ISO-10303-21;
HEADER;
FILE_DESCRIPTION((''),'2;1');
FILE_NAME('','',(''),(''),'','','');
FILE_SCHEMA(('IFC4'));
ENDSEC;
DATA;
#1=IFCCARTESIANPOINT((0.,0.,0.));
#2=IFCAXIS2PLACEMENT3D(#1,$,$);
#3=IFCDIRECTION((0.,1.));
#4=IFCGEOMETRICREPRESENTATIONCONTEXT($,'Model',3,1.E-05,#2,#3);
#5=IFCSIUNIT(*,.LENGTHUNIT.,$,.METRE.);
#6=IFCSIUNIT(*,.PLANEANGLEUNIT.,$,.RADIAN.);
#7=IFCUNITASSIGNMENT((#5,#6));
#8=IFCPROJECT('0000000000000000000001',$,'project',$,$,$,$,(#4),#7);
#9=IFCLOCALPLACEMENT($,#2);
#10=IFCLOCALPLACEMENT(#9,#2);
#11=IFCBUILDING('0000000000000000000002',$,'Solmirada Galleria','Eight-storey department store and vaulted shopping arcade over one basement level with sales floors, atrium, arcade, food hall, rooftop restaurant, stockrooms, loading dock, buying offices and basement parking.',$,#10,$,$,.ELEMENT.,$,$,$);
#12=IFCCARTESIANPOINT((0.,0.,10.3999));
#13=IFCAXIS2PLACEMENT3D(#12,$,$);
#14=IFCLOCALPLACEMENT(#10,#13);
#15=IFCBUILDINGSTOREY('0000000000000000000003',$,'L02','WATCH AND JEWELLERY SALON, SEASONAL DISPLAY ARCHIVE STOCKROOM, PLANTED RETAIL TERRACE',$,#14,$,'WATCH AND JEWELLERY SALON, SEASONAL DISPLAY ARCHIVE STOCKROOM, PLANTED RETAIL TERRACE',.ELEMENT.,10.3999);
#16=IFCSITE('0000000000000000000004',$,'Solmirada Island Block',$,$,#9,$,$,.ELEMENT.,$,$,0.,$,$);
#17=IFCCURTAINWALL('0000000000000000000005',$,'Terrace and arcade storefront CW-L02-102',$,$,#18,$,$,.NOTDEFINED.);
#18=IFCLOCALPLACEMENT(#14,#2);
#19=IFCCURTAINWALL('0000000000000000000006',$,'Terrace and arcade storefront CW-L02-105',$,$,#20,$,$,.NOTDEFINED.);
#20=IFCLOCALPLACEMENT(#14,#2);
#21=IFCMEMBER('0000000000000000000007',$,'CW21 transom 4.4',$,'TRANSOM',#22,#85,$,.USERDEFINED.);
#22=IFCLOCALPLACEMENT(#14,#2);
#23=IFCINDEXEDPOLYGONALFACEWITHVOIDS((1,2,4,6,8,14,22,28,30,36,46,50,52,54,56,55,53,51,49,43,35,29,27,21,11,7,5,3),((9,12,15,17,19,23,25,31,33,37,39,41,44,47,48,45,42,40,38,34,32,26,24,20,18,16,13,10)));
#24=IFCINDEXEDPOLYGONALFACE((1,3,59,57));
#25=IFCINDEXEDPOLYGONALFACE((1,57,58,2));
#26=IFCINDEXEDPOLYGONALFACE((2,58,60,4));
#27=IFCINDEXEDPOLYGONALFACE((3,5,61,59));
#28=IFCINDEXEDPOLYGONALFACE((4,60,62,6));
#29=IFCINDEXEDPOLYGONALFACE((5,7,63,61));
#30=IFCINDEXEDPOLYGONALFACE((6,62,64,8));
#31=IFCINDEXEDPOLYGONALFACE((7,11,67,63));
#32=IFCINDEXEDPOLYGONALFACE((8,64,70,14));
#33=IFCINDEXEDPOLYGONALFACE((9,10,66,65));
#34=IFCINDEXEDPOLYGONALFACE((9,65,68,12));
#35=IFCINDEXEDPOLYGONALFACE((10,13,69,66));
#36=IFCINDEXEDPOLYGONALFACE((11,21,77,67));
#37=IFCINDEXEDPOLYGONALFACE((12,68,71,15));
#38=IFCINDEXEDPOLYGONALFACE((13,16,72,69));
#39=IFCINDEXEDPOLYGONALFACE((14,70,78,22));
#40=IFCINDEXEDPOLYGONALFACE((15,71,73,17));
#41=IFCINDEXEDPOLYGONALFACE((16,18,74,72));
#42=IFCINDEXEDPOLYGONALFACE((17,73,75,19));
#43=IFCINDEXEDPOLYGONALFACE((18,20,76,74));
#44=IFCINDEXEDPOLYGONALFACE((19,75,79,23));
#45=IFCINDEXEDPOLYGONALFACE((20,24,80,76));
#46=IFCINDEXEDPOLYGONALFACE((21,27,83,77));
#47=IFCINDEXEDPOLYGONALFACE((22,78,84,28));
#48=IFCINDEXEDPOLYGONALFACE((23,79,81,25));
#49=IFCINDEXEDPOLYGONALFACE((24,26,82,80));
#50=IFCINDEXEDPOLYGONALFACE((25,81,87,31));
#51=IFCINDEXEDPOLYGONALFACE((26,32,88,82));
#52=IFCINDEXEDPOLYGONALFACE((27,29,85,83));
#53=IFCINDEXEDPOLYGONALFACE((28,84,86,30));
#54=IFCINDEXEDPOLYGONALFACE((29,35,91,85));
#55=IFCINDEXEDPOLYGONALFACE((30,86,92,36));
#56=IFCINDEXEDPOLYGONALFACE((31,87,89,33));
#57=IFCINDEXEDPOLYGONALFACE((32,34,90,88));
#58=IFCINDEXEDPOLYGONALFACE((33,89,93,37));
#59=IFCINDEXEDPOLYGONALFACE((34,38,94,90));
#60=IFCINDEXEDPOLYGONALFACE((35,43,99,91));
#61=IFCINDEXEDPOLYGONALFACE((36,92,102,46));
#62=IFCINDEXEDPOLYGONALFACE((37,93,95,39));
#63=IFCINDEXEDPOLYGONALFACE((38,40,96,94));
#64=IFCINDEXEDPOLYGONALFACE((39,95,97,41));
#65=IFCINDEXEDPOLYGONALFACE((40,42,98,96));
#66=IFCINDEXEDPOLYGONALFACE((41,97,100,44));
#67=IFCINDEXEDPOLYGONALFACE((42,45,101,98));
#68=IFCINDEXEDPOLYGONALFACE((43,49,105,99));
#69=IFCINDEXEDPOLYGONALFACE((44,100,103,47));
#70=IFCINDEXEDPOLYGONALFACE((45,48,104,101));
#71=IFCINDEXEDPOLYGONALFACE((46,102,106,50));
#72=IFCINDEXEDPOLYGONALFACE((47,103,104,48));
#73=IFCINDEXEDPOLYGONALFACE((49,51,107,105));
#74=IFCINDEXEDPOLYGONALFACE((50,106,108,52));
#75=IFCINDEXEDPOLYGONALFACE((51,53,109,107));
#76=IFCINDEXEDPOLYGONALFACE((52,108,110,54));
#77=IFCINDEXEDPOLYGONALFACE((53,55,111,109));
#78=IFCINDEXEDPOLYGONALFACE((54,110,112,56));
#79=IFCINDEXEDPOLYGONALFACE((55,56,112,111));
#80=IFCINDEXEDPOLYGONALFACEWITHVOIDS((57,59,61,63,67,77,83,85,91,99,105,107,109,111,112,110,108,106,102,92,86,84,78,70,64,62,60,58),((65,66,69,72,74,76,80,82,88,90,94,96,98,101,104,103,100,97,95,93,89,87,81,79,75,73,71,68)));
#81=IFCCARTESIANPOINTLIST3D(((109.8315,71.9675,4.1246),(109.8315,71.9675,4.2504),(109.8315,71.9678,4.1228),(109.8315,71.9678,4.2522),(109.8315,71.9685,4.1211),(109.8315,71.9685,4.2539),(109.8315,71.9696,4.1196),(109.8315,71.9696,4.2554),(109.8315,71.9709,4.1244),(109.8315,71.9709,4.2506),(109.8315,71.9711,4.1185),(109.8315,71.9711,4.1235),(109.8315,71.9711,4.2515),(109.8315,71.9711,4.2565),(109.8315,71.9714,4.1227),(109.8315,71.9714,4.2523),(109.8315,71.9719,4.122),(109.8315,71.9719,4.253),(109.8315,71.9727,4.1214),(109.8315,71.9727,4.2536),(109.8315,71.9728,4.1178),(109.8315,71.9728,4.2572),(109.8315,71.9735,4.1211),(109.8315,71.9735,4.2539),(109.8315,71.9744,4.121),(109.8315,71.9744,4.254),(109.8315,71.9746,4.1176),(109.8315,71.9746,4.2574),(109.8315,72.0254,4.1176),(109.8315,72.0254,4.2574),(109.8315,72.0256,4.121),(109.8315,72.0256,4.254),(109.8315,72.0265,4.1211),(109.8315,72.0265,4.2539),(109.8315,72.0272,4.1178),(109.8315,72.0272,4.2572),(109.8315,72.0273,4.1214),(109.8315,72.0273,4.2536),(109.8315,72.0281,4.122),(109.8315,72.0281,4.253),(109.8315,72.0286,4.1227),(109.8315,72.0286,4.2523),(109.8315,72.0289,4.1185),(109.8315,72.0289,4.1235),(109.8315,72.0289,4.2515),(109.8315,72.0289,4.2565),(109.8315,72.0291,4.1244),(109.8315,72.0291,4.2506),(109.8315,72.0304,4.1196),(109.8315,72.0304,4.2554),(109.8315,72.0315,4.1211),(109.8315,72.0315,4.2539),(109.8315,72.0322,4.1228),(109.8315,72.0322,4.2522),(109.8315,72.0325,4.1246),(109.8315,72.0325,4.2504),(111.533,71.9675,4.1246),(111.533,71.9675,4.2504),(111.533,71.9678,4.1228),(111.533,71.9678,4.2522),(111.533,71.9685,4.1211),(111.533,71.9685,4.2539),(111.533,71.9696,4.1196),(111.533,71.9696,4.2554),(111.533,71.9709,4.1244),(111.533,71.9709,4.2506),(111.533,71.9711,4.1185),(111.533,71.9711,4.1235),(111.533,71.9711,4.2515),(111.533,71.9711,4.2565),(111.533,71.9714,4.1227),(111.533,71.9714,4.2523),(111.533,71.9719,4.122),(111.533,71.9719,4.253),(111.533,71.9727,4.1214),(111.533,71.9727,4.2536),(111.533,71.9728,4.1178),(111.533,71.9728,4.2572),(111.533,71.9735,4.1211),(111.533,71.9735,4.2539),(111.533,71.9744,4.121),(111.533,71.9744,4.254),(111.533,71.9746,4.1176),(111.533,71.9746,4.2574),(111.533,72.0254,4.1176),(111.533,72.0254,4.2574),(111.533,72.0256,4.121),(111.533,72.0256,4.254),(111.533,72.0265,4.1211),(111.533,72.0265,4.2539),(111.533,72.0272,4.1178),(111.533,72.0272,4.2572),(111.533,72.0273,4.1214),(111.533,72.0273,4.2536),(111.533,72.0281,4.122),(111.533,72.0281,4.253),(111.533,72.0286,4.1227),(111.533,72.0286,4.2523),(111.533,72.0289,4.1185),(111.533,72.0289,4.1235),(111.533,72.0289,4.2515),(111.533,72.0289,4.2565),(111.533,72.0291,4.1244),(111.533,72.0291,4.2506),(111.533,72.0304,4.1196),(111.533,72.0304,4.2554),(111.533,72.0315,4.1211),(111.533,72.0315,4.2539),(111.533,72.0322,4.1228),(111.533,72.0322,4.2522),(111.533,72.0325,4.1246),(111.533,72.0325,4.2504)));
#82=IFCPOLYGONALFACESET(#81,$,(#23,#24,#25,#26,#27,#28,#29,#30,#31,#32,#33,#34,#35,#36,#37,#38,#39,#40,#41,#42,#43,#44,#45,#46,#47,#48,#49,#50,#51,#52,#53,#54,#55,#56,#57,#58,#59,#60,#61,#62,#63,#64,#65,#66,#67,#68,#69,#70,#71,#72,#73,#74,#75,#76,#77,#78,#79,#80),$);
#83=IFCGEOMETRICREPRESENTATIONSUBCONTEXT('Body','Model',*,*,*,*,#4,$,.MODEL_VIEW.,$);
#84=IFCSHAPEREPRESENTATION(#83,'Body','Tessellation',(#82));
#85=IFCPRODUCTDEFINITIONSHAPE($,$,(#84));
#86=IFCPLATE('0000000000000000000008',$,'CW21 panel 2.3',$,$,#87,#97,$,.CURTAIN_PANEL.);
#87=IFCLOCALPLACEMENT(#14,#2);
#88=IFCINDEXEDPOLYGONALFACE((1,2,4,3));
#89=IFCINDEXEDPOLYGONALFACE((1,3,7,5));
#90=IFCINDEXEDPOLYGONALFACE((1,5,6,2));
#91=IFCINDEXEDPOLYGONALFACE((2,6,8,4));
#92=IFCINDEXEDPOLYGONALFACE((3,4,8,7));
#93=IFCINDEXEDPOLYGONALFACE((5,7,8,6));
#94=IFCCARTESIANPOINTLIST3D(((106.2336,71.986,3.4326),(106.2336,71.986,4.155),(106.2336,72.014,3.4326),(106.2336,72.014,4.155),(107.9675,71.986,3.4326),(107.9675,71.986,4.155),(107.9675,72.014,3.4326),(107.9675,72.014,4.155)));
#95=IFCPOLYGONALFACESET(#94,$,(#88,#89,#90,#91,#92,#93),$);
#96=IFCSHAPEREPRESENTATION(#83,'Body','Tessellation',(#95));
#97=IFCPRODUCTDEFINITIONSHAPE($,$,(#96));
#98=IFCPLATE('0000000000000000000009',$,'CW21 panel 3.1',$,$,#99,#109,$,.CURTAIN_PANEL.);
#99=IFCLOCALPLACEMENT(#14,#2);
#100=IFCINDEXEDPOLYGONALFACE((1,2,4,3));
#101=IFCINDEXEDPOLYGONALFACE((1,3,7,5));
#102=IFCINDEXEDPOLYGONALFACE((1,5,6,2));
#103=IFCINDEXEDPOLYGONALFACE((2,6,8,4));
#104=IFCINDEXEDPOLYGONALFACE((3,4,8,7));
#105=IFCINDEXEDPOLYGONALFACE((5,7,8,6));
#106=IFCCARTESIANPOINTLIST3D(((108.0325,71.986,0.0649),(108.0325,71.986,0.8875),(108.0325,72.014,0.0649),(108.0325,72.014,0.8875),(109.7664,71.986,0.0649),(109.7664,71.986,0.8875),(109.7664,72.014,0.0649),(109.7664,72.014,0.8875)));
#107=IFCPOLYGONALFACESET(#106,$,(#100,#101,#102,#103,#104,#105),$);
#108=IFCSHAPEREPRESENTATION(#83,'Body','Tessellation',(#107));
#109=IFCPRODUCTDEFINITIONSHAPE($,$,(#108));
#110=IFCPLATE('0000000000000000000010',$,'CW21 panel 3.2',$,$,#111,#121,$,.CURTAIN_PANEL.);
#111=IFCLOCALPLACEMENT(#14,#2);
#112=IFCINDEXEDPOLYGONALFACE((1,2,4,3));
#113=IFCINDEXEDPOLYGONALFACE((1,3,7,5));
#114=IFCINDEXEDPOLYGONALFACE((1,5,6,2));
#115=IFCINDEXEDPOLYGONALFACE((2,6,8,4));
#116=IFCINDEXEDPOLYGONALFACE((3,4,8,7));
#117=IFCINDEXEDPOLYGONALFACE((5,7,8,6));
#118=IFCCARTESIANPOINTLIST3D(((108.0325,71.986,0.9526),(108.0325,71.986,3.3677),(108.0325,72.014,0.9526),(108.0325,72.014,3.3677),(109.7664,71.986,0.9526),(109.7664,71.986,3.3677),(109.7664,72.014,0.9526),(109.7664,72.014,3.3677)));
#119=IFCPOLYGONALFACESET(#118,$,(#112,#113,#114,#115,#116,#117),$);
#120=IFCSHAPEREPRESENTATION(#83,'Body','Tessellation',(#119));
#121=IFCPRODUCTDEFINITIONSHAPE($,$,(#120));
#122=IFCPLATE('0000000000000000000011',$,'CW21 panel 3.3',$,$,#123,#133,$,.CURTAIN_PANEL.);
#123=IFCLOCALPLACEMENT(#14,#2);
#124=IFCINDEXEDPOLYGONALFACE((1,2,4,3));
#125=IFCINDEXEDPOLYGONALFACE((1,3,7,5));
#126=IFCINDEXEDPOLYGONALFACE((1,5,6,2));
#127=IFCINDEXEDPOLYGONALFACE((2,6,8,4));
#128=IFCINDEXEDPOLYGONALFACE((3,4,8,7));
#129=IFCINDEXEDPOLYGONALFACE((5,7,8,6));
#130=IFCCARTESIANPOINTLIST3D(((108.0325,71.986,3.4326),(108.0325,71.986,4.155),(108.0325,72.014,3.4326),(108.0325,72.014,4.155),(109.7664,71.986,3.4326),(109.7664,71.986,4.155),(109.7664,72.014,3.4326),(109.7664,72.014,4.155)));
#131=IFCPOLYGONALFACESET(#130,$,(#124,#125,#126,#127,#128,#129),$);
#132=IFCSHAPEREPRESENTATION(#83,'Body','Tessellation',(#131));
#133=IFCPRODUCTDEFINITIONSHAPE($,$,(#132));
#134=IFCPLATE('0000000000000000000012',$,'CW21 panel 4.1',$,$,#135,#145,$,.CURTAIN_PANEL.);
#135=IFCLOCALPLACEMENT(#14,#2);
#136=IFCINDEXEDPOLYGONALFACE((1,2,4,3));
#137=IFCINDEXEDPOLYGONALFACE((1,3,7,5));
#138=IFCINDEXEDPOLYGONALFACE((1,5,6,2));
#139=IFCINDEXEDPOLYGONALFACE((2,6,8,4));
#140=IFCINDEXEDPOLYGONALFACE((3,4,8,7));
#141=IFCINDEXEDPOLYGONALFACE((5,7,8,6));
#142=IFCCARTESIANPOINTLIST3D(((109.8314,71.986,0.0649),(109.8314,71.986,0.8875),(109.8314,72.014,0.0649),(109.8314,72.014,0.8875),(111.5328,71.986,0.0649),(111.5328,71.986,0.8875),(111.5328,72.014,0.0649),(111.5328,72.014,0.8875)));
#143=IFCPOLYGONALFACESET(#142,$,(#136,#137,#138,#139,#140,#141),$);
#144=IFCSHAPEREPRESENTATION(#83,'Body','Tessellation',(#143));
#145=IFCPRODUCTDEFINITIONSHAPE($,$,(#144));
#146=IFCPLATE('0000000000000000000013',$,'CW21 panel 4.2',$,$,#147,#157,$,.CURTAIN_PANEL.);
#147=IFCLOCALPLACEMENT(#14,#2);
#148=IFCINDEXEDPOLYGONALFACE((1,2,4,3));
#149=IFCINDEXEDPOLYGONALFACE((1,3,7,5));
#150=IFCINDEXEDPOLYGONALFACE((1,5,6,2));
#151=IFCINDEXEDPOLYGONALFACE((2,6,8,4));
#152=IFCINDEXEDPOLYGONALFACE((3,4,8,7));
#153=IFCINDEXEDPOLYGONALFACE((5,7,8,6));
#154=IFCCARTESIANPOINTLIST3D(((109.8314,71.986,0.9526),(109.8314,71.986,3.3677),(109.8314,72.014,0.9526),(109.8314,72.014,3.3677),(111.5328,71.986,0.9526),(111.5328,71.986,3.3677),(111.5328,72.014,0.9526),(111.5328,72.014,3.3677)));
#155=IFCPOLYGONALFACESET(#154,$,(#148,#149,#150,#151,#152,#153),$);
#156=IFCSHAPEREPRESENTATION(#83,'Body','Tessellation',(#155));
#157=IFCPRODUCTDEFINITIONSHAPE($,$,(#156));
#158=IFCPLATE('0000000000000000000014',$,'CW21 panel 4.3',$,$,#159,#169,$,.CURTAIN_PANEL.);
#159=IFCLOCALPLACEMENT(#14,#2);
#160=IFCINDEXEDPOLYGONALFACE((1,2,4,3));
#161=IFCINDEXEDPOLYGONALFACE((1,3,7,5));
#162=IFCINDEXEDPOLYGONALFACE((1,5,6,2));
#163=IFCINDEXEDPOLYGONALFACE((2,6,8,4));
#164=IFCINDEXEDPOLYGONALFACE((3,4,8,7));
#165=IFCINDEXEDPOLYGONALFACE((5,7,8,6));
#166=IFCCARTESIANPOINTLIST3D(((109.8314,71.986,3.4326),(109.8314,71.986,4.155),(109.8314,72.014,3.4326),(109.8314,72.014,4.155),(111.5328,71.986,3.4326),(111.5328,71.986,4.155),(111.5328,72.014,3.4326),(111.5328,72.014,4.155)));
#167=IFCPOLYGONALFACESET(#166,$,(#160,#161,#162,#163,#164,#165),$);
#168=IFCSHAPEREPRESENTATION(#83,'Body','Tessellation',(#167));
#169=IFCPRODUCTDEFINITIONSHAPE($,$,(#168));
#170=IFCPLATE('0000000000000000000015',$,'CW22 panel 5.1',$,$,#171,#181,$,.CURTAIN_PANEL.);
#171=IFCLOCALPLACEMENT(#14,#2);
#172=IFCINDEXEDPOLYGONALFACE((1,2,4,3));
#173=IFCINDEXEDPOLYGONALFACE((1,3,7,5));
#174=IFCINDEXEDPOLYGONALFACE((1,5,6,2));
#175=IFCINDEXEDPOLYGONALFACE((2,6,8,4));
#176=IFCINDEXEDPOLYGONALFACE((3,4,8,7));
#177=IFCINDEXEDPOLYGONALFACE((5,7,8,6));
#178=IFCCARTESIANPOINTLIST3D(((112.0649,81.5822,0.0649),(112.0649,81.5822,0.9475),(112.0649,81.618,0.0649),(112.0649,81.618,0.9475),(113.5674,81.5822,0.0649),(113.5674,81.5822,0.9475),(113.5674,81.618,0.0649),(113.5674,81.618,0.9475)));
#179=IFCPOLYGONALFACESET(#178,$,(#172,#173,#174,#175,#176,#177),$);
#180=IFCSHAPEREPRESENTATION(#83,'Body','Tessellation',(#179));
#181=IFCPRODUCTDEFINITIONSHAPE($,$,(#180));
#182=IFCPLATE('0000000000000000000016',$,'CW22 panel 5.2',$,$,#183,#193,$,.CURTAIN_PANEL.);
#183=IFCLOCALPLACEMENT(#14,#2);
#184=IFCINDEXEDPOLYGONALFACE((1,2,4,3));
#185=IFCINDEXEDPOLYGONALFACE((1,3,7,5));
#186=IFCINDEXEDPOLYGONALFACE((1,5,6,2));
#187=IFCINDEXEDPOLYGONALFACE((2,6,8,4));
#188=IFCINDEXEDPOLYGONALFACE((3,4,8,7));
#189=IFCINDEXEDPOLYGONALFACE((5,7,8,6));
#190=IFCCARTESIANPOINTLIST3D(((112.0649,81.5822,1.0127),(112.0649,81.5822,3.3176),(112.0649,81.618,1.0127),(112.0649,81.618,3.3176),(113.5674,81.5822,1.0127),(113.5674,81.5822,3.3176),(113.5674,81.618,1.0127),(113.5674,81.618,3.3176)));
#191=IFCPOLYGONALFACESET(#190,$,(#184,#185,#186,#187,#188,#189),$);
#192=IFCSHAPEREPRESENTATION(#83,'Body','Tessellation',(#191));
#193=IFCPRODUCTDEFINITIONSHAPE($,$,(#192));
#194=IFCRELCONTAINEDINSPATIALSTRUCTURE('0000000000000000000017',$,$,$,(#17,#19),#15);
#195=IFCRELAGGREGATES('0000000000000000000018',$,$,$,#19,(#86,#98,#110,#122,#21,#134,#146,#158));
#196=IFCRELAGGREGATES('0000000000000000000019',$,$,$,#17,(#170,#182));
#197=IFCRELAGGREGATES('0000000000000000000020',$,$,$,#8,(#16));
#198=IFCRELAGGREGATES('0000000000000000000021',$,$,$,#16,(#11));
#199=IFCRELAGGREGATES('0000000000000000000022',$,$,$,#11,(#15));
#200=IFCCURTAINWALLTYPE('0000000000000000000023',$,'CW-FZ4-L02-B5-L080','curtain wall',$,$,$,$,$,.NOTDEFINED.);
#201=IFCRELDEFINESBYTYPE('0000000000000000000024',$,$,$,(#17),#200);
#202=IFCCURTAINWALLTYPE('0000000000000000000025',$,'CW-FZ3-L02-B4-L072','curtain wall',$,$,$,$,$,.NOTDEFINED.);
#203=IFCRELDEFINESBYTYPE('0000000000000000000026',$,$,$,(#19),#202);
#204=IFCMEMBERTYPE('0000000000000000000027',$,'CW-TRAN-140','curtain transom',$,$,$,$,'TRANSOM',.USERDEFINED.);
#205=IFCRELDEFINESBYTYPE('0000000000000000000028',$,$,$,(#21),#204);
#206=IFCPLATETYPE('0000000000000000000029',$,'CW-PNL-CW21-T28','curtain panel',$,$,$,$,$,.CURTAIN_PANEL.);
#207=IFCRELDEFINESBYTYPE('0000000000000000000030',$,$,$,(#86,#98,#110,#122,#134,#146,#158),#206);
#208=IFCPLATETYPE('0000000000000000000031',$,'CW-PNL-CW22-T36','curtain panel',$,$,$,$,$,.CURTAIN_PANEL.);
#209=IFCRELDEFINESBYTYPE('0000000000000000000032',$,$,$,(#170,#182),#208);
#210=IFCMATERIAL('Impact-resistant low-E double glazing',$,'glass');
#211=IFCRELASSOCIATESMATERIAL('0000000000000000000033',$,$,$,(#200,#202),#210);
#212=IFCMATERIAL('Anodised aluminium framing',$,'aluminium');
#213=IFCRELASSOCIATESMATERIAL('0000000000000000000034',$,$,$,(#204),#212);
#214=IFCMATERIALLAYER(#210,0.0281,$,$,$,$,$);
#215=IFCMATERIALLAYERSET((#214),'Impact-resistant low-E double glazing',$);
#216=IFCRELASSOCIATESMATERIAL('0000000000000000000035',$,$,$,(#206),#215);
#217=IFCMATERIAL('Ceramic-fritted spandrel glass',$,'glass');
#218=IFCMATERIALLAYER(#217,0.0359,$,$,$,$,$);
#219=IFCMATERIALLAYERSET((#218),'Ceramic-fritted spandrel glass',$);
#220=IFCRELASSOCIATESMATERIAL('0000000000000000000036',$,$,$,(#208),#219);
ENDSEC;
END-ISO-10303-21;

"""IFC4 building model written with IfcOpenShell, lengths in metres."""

from ifc_helpers import new_model, si_unit, direction, frame, origin, origin_2d, place, context, subcontext, project, spatial, rectangle, hollow_rectangle, extrude, material, layer, layer_set, material_profile, profile_set, type_object, element, aggregate, save


model = new_model("IFC4")

# Units and contexts
model_context = context("Model", 3, precision=1e-05, world=origin(), true_north=direction((0.0, 1.0)))
body_context = subcontext(model_context, "Body", "Model", "MODEL_VIEW")
ifc_project = project(units=[si_unit("LENGTHUNIT", "METRE"), si_unit("PLANEANGLEUNIT", "RADIAN")], contexts=[model_context])

# Site, building, storey
site_placement = place(None, origin())
site = spatial("IfcSite", under=ifc_project, at=site_placement, Name="Solmirada Island Block", CompositionType="ELEMENT", RefElevation=0.0)
building_placement = place(site_placement, origin())
building = spatial("IfcBuilding", under=site, at=building_placement, Name="Solmirada Galleria", Description="Eight-storey department store and vaulted shopping arcade over one basement level with sales floors, atrium, arcade, food hall, rooftop restaurant, stockrooms, loading dock, buying offices and basement parking.", CompositionType="ELEMENT")
storey_placement = place(building_placement, frame((0.0, 0.0, 10.3999)))
storey = spatial("IfcBuildingStorey", under=building, at=storey_placement, Name="L02", Description="WATCH AND JEWELLERY SALON, SEASONAL DISPLAY ARCHIVE STOCKROOM, PLANTED RETAIL TERRACE", LongName="WATCH AND JEWELLERY SALON, SEASONAL DISPLAY ARCHIVE STOCKROOM, PLANTED RETAIL TERRACE", CompositionType="ELEMENT", Elevation=10.3999)

# Curtain walls
ifc_material_1 = material(Name="Impact-resistant low-E double glazing", Category="glass")
curtain_wall_type_1 = type_object("IfcCurtainWallType", Name="CW-FZ4-L02-B5-L080", Description="curtain wall", PredefinedType="NOTDEFINED", material=ifc_material_1)
curtain_wall_1_placement = place(storey_placement, origin())
curtain_wall_1 = element("IfcCurtainWall", 1, at=curtain_wall_1_placement, inside=storey, type_object=curtain_wall_type_1, Name="Terrace and arcade storefront CW-L02-102", PredefinedType="NOTDEFINED")
ifc_material_2 = material(Name="Anodised aluminium framing", Category="aluminium")
curtain_wall_type_2 = type_object("IfcCurtainWallType", Name="CW-FZ3-L02-B4-L072", Description="curtain wall", PredefinedType="NOTDEFINED", material=ifc_material_1)
curtain_wall_2_placement = place(storey_placement, origin())
curtain_wall_2 = element("IfcCurtainWall", 2, at=curtain_wall_2_placement, inside=storey, type_object=curtain_wall_type_2, Name="Terrace and arcade storefront CW-L02-105", PredefinedType="NOTDEFINED")

# Member
ifc_material_profile_1 = material_profile(ifc_material_2, hollow_rectangle(XDim=0.0649, YDim=0.1399, WallThickness=0.0034, InnerFilletRadius=0.0034, OuterFilletRadius=0.0071, at=origin_2d()), Name="ALU-TRAN-140X65")
ifc_profile_set_1 = profile_set([ifc_material_profile_1], Name="Anodised aluminium framing")
member_type_1 = type_object("IfcMemberType", Name="CW-TRAN-140", Description="curtain transom", ElementType="TRANSOM", PredefinedType="USERDEFINED", material=ifc_profile_set_1)
member_1_placement = place(storey_placement, frame((109.8315, 72.0, 4.1875), z_axis=(1.0, 0.0, 0.0), x_axis=(0.0, 1.0, 0.0)))
member_1 = element("IfcMember", 3, at=member_1_placement, type_object=member_type_1, Name="CW21 transom 4.4", ObjectType="TRANSOM", PredefinedType="USERDEFINED", context=body_context, shape_type="SweptSolid", body=[
    extrude(hollow_rectangle(XDim=0.0649, YDim=0.1399, WallThickness=0.0034, InnerFilletRadius=0.0034, OuterFilletRadius=0.0071, at=origin_2d()), origin(), (0.0, 0.0, 1.0), 1.7014),
])

# Plates
ifc_layer_1 = layer(ifc_material_1, 0.0281)
ifc_layer_set_1 = layer_set([ifc_layer_1], Name="Impact-resistant low-E double glazing")
plate_type_1 = type_object("IfcPlateType", Name="CW-PNL-CW21-T28", Description="curtain panel", PredefinedType="CURTAIN_PANEL", material=ifc_layer_set_1)
plate_1_placement = place(storey_placement, frame((107.1006, 72.0, 3.4326), z_axis=(0.0, 0.0, 1.0), x_axis=(1.0, 0.0, 0.0)))
plate_1 = element("IfcPlate", 4, at=plate_1_placement, type_object=plate_type_1, Name="CW21 panel 2.3", PredefinedType="CURTAIN_PANEL", context=body_context, shape_type="SweptSolid", body=[
    extrude(rectangle(XDim=1.7339, YDim=0.0281, at=origin_2d()), origin(), (0.0, 0.0, 1.0), 0.7224),
])
plate_2_placement = place(storey_placement, frame((108.8994, 72.0, 0.0649), z_axis=(0.0, 0.0, 1.0), x_axis=(1.0, 0.0, 0.0)))
plate_2 = element("IfcPlate", 5, at=plate_2_placement, type_object=plate_type_1, Name="CW21 panel 3.1", PredefinedType="CURTAIN_PANEL", context=body_context, shape_type="SweptSolid", body=[
    extrude(rectangle(XDim=1.7339, YDim=0.0281, at=origin_2d()), origin(), (0.0, 0.0, 1.0), 0.8225),
])
plate_3_placement = place(storey_placement, frame((108.8994, 72.0, 0.9526), z_axis=(0.0, 0.0, 1.0), x_axis=(1.0, 0.0, 0.0)))
plate_3 = element("IfcPlate", 6, at=plate_3_placement, type_object=plate_type_1, Name="CW21 panel 3.2", PredefinedType="CURTAIN_PANEL", context=body_context, shape_type="SweptSolid", body=[
    extrude(rectangle(XDim=1.7339, YDim=0.0281, at=origin_2d()), origin(), (0.0, 0.0, 1.0), 2.415),
])
plate_4_placement = place(storey_placement, frame((108.8994, 72.0, 3.4326), z_axis=(0.0, 0.0, 1.0), x_axis=(1.0, 0.0, 0.0)))
plate_4 = element("IfcPlate", 7, at=plate_4_placement, type_object=plate_type_1, Name="CW21 panel 3.3", PredefinedType="CURTAIN_PANEL", context=body_context, shape_type="SweptSolid", body=[
    extrude(rectangle(XDim=1.7339, YDim=0.0281, at=origin_2d()), origin(), (0.0, 0.0, 1.0), 0.7224),
])
plate_5_placement = place(storey_placement, frame((110.6821, 72.0, 0.0649), z_axis=(0.0, 0.0, 1.0), x_axis=(1.0, 0.0, 0.0)))
plate_5 = element("IfcPlate", 8, at=plate_5_placement, type_object=plate_type_1, Name="CW21 panel 4.1", PredefinedType="CURTAIN_PANEL", context=body_context, shape_type="SweptSolid", body=[
    extrude(rectangle(XDim=1.7014, YDim=0.0281, at=origin_2d()), origin(), (0.0, 0.0, 1.0), 0.8225),
])
plate_6_placement = place(storey_placement, frame((110.6821, 72.0, 0.9526), z_axis=(0.0, 0.0, 1.0), x_axis=(1.0, 0.0, 0.0)))
plate_6 = element("IfcPlate", 9, at=plate_6_placement, type_object=plate_type_1, Name="CW21 panel 4.2", PredefinedType="CURTAIN_PANEL", context=body_context, shape_type="SweptSolid", body=[
    extrude(rectangle(XDim=1.7014, YDim=0.0281, at=origin_2d()), origin(), (0.0, 0.0, 1.0), 2.415),
])
plate_7_placement = place(storey_placement, frame((110.6821, 72.0, 3.4326), z_axis=(0.0, 0.0, 1.0), x_axis=(1.0, 0.0, 0.0)))
plate_7 = element("IfcPlate", 10, at=plate_7_placement, type_object=plate_type_1, Name="CW21 panel 4.3", PredefinedType="CURTAIN_PANEL", context=body_context, shape_type="SweptSolid", body=[
    extrude(rectangle(XDim=1.7014, YDim=0.0281, at=origin_2d()), origin(), (0.0, 0.0, 1.0), 0.7224),
])
aggregate(curtain_wall_2, [plate_1, plate_2, plate_3, plate_4, member_1, plate_5, plate_6, plate_7])
ifc_material_3 = material(Name="Ceramic-fritted spandrel glass", Category="glass")
ifc_layer_2 = layer(ifc_material_3, 0.0359)
ifc_layer_set_2 = layer_set([ifc_layer_2], Name="Ceramic-fritted spandrel glass")
plate_type_2 = type_object("IfcPlateType", Name="CW-PNL-CW22-T36", Description="curtain panel", PredefinedType="CURTAIN_PANEL", material=ifc_layer_set_2)
plate_8_placement = place(storey_placement, frame((112.8162, 81.6001, 0.0649), z_axis=(0.0, 0.0, 1.0), x_axis=(-1.0, 0.0, 0.0)))
plate_8 = element("IfcPlate", 11, at=plate_8_placement, type_object=plate_type_2, Name="CW22 panel 5.1", PredefinedType="CURTAIN_PANEL", context=body_context, shape_type="SweptSolid", body=[
    extrude(rectangle(XDim=1.5024, YDim=0.0359, at=origin_2d()), origin(), (0.0, 0.0, 1.0), 0.8826),
])
plate_9_placement = place(storey_placement, frame((112.8162, 81.6001, 1.0127), z_axis=(0.0, 0.0, 1.0), x_axis=(-1.0, 0.0, 0.0)))
plate_9 = element("IfcPlate", 12, at=plate_9_placement, type_object=plate_type_2, Name="CW22 panel 5.2", PredefinedType="CURTAIN_PANEL", context=body_context, shape_type="SweptSolid", body=[
    extrude(rectangle(XDim=1.5024, YDim=0.0359, at=origin_2d()), origin(), (0.0, 0.0, 1.0), 2.3049),
])
aggregate(curtain_wall_1, [plate_8, plate_9])

save(model, "model.ifc")
